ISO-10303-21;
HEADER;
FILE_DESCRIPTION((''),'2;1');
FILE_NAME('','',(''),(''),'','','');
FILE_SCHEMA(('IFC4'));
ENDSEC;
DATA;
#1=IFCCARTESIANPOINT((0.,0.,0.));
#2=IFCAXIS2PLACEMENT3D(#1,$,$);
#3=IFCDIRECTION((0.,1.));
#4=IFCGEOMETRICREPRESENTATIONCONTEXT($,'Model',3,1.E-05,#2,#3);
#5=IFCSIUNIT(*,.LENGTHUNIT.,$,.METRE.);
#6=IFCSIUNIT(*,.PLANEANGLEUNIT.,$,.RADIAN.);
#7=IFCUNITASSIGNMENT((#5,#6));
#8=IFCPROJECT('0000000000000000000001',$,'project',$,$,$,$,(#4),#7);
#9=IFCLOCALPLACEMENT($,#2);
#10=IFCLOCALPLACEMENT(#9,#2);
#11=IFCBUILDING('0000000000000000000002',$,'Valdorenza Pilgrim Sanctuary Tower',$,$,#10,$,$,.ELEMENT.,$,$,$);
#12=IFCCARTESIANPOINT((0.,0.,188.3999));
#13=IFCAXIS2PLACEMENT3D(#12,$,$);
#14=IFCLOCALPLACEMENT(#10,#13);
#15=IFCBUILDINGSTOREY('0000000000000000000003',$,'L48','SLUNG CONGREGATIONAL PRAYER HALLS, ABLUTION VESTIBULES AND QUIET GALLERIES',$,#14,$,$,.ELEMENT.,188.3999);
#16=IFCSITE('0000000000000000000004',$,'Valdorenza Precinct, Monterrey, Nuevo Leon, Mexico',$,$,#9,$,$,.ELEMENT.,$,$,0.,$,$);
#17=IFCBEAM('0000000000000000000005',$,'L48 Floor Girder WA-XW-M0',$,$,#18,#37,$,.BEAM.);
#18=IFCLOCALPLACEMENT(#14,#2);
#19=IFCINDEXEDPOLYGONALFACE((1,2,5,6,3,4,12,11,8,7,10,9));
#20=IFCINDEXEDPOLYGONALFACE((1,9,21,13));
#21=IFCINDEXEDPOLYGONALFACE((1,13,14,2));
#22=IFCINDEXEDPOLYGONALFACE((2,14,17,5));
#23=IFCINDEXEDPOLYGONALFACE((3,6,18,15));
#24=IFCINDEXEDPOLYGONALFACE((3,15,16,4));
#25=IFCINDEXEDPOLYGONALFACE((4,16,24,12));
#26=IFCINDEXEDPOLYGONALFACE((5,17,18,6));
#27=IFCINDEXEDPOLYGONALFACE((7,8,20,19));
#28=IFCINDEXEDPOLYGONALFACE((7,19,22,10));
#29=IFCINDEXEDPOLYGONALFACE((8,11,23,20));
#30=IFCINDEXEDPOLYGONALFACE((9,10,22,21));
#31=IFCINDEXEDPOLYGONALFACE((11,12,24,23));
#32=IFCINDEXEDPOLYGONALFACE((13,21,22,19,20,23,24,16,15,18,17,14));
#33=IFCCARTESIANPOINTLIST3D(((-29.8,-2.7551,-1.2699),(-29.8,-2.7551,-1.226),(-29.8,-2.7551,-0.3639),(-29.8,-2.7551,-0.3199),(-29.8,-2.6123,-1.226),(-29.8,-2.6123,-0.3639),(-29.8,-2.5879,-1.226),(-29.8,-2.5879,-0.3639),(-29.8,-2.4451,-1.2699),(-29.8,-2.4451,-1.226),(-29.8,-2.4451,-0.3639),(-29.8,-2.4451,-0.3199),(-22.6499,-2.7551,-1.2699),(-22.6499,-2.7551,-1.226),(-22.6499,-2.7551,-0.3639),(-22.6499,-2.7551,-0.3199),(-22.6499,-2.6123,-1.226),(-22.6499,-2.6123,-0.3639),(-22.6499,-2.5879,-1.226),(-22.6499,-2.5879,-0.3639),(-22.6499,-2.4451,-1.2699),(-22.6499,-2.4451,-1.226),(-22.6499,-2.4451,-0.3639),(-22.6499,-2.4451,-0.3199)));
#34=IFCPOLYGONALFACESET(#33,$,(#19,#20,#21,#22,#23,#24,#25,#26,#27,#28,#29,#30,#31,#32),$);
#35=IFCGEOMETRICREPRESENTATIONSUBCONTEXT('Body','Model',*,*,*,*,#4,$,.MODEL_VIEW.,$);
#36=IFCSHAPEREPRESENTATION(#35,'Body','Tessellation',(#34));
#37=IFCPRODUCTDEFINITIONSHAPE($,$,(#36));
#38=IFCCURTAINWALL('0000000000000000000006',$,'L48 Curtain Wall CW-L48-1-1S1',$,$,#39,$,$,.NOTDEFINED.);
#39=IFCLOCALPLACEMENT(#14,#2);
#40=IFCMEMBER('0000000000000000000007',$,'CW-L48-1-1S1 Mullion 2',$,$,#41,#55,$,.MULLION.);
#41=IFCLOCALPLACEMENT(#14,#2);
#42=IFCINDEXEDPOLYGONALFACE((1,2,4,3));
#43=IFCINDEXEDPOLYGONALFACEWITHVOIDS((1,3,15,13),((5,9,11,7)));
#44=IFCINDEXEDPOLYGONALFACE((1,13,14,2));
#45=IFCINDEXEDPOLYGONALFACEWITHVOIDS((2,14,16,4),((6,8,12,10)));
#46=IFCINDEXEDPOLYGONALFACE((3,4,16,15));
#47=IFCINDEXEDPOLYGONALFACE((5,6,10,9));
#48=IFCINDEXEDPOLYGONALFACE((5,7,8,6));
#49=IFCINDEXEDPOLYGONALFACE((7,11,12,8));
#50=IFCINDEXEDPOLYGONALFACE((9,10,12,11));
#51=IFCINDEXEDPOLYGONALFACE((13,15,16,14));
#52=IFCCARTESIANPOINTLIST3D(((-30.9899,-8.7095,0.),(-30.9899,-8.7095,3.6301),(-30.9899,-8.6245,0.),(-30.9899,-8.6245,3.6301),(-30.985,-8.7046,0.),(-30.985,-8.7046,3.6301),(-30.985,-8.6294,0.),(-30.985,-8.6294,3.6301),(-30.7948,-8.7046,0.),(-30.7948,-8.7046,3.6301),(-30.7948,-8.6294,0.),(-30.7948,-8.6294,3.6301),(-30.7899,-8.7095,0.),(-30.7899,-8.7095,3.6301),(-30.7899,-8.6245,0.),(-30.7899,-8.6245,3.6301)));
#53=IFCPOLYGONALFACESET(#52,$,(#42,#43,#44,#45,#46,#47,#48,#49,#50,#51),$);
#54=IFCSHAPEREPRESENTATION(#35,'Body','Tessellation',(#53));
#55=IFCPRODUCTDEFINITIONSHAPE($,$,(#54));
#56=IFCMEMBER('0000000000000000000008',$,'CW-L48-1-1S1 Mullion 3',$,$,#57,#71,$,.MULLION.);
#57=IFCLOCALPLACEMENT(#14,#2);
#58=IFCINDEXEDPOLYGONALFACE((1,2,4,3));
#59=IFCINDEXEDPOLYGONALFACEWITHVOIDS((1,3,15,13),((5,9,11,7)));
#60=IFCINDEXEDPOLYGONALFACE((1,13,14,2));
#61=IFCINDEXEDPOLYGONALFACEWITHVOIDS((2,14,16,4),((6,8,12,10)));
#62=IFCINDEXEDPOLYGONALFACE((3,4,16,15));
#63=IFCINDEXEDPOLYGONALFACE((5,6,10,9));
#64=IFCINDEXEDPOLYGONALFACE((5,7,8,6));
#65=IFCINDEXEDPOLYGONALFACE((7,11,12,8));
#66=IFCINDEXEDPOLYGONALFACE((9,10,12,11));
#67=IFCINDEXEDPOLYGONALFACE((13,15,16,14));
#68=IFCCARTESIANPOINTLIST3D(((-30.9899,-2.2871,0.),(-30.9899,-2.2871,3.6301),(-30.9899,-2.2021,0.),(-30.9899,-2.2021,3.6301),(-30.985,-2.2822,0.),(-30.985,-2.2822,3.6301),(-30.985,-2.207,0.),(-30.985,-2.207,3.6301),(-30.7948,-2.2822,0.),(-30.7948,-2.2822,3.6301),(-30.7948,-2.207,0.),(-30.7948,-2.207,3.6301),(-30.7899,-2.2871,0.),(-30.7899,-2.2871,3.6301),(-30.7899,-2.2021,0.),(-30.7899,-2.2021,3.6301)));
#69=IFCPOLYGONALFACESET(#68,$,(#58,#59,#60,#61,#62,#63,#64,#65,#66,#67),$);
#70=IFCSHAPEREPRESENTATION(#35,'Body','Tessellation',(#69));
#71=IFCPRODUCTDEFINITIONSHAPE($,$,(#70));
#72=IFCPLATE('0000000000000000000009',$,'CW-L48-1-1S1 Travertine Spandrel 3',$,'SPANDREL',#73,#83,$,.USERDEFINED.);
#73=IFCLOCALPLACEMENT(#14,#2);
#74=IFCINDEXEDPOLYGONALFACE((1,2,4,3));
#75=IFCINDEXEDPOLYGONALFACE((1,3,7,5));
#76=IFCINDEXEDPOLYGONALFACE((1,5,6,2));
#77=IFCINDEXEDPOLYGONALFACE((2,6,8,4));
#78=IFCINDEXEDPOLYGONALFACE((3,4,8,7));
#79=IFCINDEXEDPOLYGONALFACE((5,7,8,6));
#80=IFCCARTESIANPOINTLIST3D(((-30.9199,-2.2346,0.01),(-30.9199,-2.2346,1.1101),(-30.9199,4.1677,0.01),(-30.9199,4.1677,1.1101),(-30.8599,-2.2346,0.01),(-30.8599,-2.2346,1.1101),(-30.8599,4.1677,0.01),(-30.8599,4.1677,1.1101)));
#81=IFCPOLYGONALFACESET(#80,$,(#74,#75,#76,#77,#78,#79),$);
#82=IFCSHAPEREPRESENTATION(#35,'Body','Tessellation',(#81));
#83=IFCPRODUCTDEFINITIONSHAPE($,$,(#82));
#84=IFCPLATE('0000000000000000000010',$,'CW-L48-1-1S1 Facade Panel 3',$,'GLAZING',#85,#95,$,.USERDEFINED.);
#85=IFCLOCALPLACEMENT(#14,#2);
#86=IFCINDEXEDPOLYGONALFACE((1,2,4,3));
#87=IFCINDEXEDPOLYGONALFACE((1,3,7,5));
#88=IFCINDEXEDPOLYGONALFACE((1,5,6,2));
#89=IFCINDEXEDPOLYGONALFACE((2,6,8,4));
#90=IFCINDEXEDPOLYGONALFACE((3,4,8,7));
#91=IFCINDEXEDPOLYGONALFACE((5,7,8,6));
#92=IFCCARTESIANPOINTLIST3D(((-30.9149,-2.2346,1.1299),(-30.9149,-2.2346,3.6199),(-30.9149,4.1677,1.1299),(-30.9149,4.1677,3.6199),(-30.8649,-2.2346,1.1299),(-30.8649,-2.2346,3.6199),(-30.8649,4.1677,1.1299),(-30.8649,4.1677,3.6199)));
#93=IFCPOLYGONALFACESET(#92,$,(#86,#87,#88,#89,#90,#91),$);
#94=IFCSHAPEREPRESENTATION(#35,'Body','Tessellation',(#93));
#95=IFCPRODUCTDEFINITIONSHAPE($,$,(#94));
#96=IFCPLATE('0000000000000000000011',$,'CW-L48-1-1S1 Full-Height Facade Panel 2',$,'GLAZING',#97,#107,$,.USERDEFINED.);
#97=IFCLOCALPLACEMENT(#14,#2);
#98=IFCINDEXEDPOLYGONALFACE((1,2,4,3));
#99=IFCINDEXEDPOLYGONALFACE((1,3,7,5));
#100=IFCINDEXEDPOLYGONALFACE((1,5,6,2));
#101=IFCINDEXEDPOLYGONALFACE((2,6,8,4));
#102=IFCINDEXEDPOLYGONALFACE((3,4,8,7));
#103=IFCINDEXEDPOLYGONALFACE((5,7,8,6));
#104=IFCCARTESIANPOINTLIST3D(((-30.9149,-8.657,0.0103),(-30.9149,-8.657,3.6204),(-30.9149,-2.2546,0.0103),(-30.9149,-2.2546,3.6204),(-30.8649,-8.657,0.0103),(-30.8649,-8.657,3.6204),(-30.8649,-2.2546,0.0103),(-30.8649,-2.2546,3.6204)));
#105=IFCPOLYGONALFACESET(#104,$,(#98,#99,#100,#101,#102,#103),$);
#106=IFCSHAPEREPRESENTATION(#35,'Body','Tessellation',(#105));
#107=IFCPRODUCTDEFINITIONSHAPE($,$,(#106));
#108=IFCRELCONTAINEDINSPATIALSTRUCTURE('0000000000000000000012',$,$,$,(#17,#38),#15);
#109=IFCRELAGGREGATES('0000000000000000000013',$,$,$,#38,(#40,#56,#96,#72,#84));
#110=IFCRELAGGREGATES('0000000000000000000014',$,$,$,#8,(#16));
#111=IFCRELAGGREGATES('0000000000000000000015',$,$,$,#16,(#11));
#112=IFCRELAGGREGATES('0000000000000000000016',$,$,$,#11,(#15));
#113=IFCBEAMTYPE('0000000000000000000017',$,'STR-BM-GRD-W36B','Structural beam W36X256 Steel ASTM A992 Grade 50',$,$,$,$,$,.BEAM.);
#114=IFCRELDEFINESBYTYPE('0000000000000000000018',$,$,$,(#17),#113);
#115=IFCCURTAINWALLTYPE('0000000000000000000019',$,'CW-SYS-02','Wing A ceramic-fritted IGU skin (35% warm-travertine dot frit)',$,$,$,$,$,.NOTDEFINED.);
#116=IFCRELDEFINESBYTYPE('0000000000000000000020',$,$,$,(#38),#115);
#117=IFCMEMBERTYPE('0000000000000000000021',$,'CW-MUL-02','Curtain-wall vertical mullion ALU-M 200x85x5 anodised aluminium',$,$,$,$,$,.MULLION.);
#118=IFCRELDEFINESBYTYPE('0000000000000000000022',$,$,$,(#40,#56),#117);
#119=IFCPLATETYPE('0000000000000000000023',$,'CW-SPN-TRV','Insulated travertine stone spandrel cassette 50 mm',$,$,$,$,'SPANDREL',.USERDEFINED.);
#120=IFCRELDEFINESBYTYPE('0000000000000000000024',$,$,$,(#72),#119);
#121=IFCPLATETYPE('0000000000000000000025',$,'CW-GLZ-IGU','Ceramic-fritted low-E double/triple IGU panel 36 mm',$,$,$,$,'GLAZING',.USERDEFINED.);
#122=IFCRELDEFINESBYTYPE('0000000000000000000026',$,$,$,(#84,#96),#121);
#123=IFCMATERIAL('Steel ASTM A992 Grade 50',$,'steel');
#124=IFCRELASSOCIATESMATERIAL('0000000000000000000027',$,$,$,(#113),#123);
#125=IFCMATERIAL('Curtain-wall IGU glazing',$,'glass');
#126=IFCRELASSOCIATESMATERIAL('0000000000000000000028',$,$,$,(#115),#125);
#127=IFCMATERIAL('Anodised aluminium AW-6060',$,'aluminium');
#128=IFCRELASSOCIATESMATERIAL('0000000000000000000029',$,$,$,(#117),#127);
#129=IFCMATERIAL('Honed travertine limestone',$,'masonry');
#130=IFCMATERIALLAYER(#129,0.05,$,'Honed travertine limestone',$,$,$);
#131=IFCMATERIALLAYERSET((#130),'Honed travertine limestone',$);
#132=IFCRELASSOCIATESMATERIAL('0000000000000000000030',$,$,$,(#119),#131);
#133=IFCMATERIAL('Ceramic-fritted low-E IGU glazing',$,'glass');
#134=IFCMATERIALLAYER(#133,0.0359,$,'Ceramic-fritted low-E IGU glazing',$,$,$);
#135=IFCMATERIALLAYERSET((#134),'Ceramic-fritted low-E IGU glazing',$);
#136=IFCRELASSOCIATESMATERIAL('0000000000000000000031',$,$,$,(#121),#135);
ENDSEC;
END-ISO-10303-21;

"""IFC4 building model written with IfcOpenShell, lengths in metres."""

from ifc_helpers import new_model, si_unit, direction, frame, origin, origin_2d, place, context, subcontext, project, spatial, rectangle, hollow_rectangle, i_section, extrude, source, transform, mapped, material, layer, layer_set, material_profile, profile_set, type_object, element, aggregate, save


model = new_model("IFC4")

# Units and contexts
model_context = context("Model", 3, precision=1e-05, world=origin(), true_north=direction((0.0, 1.0)))
body_context = subcontext(model_context, "Body", "Model", "MODEL_VIEW")
ifc_project = project(units=[si_unit("LENGTHUNIT", "METRE"), si_unit("PLANEANGLEUNIT", "RADIAN")], contexts=[model_context])

# Site, building, storey
site_placement = place(None, origin())
site = spatial("IfcSite", under=ifc_project, at=site_placement, Name="Valdorenza Precinct, Monterrey, Nuevo Leon, Mexico", CompositionType="ELEMENT", RefElevation=0.0)
building_placement = place(site_placement, origin())
building = spatial("IfcBuilding", under=site, at=building_placement, Name="Valdorenza Pilgrim Sanctuary Tower", CompositionType="ELEMENT")
storey_placement = place(building_placement, frame((0.0, 0.0, 188.3999)))
storey = spatial("IfcBuildingStorey", under=building, at=storey_placement, Name="L48", Description="SLUNG CONGREGATIONAL PRAYER HALLS, ABLUTION VESTIBULES AND QUIET GALLERIES", CompositionType="ELEMENT", Elevation=188.3999)

# Beam
ifc_material_1 = material(Name="Steel ASTM A992 Grade 50", Category="steel")
ifc_material_profile_1 = material_profile(ifc_material_1, i_section(OverallWidth=0.3101, OverallDepth=0.95, WebThickness=0.0244, FlangeThickness=0.0439, at=origin_2d()), Name="W36X256")
ifc_profile_set_1 = profile_set([ifc_material_profile_1], Name="Steel ASTM A992 Grade 50")
beam_type_1 = type_object("IfcBeamType", Name="STR-BM-GRD-W36B", Description="Structural beam W36X256 Steel ASTM A992 Grade 50", PredefinedType="BEAM", material=ifc_profile_set_1)
shared_shape_1 = source(origin(), body_context, "Body", "SweptSolid", [
    extrude(i_section(OverallWidth=0.3101, OverallDepth=0.95, WebThickness=0.0244, FlangeThickness=0.0439, at=origin_2d()), origin(), (0.0, 0.0, 1.0), 7.1501),
])
beam_1_placement = place(storey_placement, frame((-29.8, -2.6001, -0.7949), z_axis=(1.0, 0.0, 0.0), x_axis=(0.0, 1.0, 0.0)))
element("IfcBeam", 1, at=beam_1_placement, inside=storey, type_object=beam_type_1, Name="L48 Floor Girder WA-XW-M0", PredefinedType="BEAM", context=body_context, shape_type="MappedRepresentation", body=[
    mapped(shared_shape_1, transform((0.0, 0.0, 0.0), x_axis=(1.0, 0.0, 0.0), y_axis=(0.0, 1.0, 0.0), z_axis=(0.0, 0.0, 1.0), scale=1.0)),
])

# Curtain wall, members, plates
ifc_material_2 = material(Name="Curtain-wall IGU glazing", Category="glass")
curtain_wall_type = type_object("IfcCurtainWallType", Name="CW-SYS-02", Description="Wing A ceramic-fritted IGU skin (35% warm-travertine dot frit)", PredefinedType="NOTDEFINED", material=ifc_material_2)
curtain_wall_placement = place(storey_placement, origin())
curtain_wall = element("IfcCurtainWall", 2, at=curtain_wall_placement, inside=storey, type_object=curtain_wall_type, Name="L48 Curtain Wall CW-L48-1-1S1", PredefinedType="NOTDEFINED")
ifc_material_3 = material(Name="Anodised aluminium AW-6060", Category="aluminium")
ifc_material_profile_2 = material_profile(ifc_material_3, hollow_rectangle(XDim=0.085, YDim=0.2, WallThickness=0.0049, at=origin_2d()), Name="ALU-M 200x85x5")
ifc_profile_set_2 = profile_set([ifc_material_profile_2], Name="Anodised aluminium AW-6060")
member_type = type_object("IfcMemberType", Name="CW-MUL-02", Description="Curtain-wall vertical mullion ALU-M 200x85x5 anodised aluminium", PredefinedType="MULLION", material=ifc_profile_set_2)
shared_shape_2 = source(origin(), body_context, "Body", "SweptSolid", [
    extrude(hollow_rectangle(XDim=0.085, YDim=0.2, WallThickness=0.0049, at=origin_2d()), origin(), (0.0, 0.0, 1.0), 3.6301),
])
member_1_placement = place(storey_placement, frame((-30.8899, -8.667, 0.0), z_axis=(0.0, 0.0, 1.0), x_axis=(0.0, 1.0, 0.0)))
member_1 = element("IfcMember", 3, at=member_1_placement, type_object=member_type, Name="CW-L48-1-1S1 Mullion 2", PredefinedType="MULLION", context=body_context, shape_type="MappedRepresentation", body=[
    mapped(shared_shape_2, transform((0.0, 0.0, 0.0), x_axis=(1.0, 0.0, 0.0), y_axis=(0.0, 1.0, 0.0), z_axis=(0.0, 0.0, 1.0), scale=1.0)),
])
member_2_placement = place(storey_placement, frame((-30.8899, -2.2446, 0.0), z_axis=(0.0, 0.0, 1.0), x_axis=(0.0, 1.0, 0.0)))
member_2 = element("IfcMember", 4, at=member_2_placement, type_object=member_type, Name="CW-L48-1-1S1 Mullion 3", PredefinedType="MULLION", context=body_context, shape_type="MappedRepresentation", body=[
    mapped(shared_shape_2, transform((0.0, 0.0, 0.0), x_axis=(1.0, 0.0, 0.0), y_axis=(0.0, 1.0, 0.0), z_axis=(0.0, 0.0, 1.0), scale=1.0)),
])
ifc_material_4 = material(Name="Honed travertine limestone", Category="masonry")
ifc_layer_1 = layer(ifc_material_4, 0.05, Name="Honed travertine limestone")
ifc_layer_set_1 = layer_set([ifc_layer_1], Name="Honed travertine limestone")
plate_type_1 = type_object("IfcPlateType", Name="CW-SPN-TRV", Description="Insulated travertine stone spandrel cassette 50 mm", ElementType="SPANDREL", PredefinedType="USERDEFINED", material=ifc_layer_set_1)
shared_shape_3 = source(origin(), body_context, "Body", "SweptSolid", [
    extrude(rectangle(XDim=6.4023, YDim=0.0601, at=origin_2d()), origin(), (0.0, 0.0, 1.0), 1.1001),
])
plate_1_placement = place(storey_placement, frame((-30.8899, 0.9666, 0.01), z_axis=(0.0, 0.0, 1.0), x_axis=(0.0, 1.0, 0.0)))
plate_1 = element("IfcPlate", 5, at=plate_1_placement, type_object=plate_type_1, Name="CW-L48-1-1S1 Travertine Spandrel 3", ObjectType="SPANDREL", PredefinedType="USERDEFINED", context=body_context, shape_type="MappedRepresentation", body=[
    mapped(shared_shape_3, transform((0.0, 0.0, 0.0), x_axis=(1.0, 0.0, 0.0), y_axis=(0.0, 1.0, 0.0), z_axis=(0.0, 0.0, 1.0), scale=1.0)),
])
ifc_material_5 = material(Name="Ceramic-fritted low-E IGU glazing", Category="glass")
ifc_layer_2 = layer(ifc_material_5, 0.0359, Name="Ceramic-fritted low-E IGU glazing")
ifc_layer_set_2 = layer_set([ifc_layer_2], Name="Ceramic-fritted low-E IGU glazing")
plate_type_2 = type_object("IfcPlateType", Name="CW-GLZ-IGU", Description="Ceramic-fritted low-E double/triple IGU panel 36 mm", ElementType="GLAZING", PredefinedType="USERDEFINED", material=ifc_layer_set_2)
shared_shape_4 = source(origin(), body_context, "Body", "SweptSolid", [
    extrude(rectangle(XDim=6.4023, YDim=0.05, at=origin_2d()), origin(), (0.0, 0.0, 1.0), 2.49),
])
plate_2_placement = place(storey_placement, frame((-30.8899, 0.9666, 1.1299), z_axis=(0.0, 0.0, 1.0), x_axis=(0.0, 1.0, 0.0)))
plate_2 = element("IfcPlate", 6, at=plate_2_placement, type_object=plate_type_2, Name="CW-L48-1-1S1 Facade Panel 3", ObjectType="GLAZING", PredefinedType="USERDEFINED", context=body_context, shape_type="MappedRepresentation", body=[
    mapped(shared_shape_4, transform((0.0, 0.0, 0.0), x_axis=(1.0, 0.0, 0.0), y_axis=(0.0, 1.0, 0.0), z_axis=(0.0, 0.0, 1.0), scale=1.0)),
])
shared_shape_5 = source(origin(), body_context, "Body", "SweptSolid", [
    extrude(rectangle(XDim=6.4023, YDim=0.05, at=origin_2d()), origin(), (0.0, 0.0, 1.0), 3.6101),
])
plate_3_placement = place(storey_placement, frame((-30.8899, -5.4558, 0.0103), z_axis=(0.0, 0.0, 1.0), x_axis=(0.0, 1.0, 0.0)))
plate_3 = element("IfcPlate", 7, at=plate_3_placement, type_object=plate_type_2, Name="CW-L48-1-1S1 Full-Height Facade Panel 2", ObjectType="GLAZING", PredefinedType="USERDEFINED", context=body_context, shape_type="MappedRepresentation", body=[
    mapped(shared_shape_5, transform((0.0, 0.0, 0.0), x_axis=(1.0, 0.0, 0.0), y_axis=(0.0, 1.0, 0.0), z_axis=(0.0, 0.0, 1.0), scale=1.0)),
])
aggregate(curtain_wall, [member_1, member_2, plate_3, plate_1, plate_2])

save(model, "model.ifc")
